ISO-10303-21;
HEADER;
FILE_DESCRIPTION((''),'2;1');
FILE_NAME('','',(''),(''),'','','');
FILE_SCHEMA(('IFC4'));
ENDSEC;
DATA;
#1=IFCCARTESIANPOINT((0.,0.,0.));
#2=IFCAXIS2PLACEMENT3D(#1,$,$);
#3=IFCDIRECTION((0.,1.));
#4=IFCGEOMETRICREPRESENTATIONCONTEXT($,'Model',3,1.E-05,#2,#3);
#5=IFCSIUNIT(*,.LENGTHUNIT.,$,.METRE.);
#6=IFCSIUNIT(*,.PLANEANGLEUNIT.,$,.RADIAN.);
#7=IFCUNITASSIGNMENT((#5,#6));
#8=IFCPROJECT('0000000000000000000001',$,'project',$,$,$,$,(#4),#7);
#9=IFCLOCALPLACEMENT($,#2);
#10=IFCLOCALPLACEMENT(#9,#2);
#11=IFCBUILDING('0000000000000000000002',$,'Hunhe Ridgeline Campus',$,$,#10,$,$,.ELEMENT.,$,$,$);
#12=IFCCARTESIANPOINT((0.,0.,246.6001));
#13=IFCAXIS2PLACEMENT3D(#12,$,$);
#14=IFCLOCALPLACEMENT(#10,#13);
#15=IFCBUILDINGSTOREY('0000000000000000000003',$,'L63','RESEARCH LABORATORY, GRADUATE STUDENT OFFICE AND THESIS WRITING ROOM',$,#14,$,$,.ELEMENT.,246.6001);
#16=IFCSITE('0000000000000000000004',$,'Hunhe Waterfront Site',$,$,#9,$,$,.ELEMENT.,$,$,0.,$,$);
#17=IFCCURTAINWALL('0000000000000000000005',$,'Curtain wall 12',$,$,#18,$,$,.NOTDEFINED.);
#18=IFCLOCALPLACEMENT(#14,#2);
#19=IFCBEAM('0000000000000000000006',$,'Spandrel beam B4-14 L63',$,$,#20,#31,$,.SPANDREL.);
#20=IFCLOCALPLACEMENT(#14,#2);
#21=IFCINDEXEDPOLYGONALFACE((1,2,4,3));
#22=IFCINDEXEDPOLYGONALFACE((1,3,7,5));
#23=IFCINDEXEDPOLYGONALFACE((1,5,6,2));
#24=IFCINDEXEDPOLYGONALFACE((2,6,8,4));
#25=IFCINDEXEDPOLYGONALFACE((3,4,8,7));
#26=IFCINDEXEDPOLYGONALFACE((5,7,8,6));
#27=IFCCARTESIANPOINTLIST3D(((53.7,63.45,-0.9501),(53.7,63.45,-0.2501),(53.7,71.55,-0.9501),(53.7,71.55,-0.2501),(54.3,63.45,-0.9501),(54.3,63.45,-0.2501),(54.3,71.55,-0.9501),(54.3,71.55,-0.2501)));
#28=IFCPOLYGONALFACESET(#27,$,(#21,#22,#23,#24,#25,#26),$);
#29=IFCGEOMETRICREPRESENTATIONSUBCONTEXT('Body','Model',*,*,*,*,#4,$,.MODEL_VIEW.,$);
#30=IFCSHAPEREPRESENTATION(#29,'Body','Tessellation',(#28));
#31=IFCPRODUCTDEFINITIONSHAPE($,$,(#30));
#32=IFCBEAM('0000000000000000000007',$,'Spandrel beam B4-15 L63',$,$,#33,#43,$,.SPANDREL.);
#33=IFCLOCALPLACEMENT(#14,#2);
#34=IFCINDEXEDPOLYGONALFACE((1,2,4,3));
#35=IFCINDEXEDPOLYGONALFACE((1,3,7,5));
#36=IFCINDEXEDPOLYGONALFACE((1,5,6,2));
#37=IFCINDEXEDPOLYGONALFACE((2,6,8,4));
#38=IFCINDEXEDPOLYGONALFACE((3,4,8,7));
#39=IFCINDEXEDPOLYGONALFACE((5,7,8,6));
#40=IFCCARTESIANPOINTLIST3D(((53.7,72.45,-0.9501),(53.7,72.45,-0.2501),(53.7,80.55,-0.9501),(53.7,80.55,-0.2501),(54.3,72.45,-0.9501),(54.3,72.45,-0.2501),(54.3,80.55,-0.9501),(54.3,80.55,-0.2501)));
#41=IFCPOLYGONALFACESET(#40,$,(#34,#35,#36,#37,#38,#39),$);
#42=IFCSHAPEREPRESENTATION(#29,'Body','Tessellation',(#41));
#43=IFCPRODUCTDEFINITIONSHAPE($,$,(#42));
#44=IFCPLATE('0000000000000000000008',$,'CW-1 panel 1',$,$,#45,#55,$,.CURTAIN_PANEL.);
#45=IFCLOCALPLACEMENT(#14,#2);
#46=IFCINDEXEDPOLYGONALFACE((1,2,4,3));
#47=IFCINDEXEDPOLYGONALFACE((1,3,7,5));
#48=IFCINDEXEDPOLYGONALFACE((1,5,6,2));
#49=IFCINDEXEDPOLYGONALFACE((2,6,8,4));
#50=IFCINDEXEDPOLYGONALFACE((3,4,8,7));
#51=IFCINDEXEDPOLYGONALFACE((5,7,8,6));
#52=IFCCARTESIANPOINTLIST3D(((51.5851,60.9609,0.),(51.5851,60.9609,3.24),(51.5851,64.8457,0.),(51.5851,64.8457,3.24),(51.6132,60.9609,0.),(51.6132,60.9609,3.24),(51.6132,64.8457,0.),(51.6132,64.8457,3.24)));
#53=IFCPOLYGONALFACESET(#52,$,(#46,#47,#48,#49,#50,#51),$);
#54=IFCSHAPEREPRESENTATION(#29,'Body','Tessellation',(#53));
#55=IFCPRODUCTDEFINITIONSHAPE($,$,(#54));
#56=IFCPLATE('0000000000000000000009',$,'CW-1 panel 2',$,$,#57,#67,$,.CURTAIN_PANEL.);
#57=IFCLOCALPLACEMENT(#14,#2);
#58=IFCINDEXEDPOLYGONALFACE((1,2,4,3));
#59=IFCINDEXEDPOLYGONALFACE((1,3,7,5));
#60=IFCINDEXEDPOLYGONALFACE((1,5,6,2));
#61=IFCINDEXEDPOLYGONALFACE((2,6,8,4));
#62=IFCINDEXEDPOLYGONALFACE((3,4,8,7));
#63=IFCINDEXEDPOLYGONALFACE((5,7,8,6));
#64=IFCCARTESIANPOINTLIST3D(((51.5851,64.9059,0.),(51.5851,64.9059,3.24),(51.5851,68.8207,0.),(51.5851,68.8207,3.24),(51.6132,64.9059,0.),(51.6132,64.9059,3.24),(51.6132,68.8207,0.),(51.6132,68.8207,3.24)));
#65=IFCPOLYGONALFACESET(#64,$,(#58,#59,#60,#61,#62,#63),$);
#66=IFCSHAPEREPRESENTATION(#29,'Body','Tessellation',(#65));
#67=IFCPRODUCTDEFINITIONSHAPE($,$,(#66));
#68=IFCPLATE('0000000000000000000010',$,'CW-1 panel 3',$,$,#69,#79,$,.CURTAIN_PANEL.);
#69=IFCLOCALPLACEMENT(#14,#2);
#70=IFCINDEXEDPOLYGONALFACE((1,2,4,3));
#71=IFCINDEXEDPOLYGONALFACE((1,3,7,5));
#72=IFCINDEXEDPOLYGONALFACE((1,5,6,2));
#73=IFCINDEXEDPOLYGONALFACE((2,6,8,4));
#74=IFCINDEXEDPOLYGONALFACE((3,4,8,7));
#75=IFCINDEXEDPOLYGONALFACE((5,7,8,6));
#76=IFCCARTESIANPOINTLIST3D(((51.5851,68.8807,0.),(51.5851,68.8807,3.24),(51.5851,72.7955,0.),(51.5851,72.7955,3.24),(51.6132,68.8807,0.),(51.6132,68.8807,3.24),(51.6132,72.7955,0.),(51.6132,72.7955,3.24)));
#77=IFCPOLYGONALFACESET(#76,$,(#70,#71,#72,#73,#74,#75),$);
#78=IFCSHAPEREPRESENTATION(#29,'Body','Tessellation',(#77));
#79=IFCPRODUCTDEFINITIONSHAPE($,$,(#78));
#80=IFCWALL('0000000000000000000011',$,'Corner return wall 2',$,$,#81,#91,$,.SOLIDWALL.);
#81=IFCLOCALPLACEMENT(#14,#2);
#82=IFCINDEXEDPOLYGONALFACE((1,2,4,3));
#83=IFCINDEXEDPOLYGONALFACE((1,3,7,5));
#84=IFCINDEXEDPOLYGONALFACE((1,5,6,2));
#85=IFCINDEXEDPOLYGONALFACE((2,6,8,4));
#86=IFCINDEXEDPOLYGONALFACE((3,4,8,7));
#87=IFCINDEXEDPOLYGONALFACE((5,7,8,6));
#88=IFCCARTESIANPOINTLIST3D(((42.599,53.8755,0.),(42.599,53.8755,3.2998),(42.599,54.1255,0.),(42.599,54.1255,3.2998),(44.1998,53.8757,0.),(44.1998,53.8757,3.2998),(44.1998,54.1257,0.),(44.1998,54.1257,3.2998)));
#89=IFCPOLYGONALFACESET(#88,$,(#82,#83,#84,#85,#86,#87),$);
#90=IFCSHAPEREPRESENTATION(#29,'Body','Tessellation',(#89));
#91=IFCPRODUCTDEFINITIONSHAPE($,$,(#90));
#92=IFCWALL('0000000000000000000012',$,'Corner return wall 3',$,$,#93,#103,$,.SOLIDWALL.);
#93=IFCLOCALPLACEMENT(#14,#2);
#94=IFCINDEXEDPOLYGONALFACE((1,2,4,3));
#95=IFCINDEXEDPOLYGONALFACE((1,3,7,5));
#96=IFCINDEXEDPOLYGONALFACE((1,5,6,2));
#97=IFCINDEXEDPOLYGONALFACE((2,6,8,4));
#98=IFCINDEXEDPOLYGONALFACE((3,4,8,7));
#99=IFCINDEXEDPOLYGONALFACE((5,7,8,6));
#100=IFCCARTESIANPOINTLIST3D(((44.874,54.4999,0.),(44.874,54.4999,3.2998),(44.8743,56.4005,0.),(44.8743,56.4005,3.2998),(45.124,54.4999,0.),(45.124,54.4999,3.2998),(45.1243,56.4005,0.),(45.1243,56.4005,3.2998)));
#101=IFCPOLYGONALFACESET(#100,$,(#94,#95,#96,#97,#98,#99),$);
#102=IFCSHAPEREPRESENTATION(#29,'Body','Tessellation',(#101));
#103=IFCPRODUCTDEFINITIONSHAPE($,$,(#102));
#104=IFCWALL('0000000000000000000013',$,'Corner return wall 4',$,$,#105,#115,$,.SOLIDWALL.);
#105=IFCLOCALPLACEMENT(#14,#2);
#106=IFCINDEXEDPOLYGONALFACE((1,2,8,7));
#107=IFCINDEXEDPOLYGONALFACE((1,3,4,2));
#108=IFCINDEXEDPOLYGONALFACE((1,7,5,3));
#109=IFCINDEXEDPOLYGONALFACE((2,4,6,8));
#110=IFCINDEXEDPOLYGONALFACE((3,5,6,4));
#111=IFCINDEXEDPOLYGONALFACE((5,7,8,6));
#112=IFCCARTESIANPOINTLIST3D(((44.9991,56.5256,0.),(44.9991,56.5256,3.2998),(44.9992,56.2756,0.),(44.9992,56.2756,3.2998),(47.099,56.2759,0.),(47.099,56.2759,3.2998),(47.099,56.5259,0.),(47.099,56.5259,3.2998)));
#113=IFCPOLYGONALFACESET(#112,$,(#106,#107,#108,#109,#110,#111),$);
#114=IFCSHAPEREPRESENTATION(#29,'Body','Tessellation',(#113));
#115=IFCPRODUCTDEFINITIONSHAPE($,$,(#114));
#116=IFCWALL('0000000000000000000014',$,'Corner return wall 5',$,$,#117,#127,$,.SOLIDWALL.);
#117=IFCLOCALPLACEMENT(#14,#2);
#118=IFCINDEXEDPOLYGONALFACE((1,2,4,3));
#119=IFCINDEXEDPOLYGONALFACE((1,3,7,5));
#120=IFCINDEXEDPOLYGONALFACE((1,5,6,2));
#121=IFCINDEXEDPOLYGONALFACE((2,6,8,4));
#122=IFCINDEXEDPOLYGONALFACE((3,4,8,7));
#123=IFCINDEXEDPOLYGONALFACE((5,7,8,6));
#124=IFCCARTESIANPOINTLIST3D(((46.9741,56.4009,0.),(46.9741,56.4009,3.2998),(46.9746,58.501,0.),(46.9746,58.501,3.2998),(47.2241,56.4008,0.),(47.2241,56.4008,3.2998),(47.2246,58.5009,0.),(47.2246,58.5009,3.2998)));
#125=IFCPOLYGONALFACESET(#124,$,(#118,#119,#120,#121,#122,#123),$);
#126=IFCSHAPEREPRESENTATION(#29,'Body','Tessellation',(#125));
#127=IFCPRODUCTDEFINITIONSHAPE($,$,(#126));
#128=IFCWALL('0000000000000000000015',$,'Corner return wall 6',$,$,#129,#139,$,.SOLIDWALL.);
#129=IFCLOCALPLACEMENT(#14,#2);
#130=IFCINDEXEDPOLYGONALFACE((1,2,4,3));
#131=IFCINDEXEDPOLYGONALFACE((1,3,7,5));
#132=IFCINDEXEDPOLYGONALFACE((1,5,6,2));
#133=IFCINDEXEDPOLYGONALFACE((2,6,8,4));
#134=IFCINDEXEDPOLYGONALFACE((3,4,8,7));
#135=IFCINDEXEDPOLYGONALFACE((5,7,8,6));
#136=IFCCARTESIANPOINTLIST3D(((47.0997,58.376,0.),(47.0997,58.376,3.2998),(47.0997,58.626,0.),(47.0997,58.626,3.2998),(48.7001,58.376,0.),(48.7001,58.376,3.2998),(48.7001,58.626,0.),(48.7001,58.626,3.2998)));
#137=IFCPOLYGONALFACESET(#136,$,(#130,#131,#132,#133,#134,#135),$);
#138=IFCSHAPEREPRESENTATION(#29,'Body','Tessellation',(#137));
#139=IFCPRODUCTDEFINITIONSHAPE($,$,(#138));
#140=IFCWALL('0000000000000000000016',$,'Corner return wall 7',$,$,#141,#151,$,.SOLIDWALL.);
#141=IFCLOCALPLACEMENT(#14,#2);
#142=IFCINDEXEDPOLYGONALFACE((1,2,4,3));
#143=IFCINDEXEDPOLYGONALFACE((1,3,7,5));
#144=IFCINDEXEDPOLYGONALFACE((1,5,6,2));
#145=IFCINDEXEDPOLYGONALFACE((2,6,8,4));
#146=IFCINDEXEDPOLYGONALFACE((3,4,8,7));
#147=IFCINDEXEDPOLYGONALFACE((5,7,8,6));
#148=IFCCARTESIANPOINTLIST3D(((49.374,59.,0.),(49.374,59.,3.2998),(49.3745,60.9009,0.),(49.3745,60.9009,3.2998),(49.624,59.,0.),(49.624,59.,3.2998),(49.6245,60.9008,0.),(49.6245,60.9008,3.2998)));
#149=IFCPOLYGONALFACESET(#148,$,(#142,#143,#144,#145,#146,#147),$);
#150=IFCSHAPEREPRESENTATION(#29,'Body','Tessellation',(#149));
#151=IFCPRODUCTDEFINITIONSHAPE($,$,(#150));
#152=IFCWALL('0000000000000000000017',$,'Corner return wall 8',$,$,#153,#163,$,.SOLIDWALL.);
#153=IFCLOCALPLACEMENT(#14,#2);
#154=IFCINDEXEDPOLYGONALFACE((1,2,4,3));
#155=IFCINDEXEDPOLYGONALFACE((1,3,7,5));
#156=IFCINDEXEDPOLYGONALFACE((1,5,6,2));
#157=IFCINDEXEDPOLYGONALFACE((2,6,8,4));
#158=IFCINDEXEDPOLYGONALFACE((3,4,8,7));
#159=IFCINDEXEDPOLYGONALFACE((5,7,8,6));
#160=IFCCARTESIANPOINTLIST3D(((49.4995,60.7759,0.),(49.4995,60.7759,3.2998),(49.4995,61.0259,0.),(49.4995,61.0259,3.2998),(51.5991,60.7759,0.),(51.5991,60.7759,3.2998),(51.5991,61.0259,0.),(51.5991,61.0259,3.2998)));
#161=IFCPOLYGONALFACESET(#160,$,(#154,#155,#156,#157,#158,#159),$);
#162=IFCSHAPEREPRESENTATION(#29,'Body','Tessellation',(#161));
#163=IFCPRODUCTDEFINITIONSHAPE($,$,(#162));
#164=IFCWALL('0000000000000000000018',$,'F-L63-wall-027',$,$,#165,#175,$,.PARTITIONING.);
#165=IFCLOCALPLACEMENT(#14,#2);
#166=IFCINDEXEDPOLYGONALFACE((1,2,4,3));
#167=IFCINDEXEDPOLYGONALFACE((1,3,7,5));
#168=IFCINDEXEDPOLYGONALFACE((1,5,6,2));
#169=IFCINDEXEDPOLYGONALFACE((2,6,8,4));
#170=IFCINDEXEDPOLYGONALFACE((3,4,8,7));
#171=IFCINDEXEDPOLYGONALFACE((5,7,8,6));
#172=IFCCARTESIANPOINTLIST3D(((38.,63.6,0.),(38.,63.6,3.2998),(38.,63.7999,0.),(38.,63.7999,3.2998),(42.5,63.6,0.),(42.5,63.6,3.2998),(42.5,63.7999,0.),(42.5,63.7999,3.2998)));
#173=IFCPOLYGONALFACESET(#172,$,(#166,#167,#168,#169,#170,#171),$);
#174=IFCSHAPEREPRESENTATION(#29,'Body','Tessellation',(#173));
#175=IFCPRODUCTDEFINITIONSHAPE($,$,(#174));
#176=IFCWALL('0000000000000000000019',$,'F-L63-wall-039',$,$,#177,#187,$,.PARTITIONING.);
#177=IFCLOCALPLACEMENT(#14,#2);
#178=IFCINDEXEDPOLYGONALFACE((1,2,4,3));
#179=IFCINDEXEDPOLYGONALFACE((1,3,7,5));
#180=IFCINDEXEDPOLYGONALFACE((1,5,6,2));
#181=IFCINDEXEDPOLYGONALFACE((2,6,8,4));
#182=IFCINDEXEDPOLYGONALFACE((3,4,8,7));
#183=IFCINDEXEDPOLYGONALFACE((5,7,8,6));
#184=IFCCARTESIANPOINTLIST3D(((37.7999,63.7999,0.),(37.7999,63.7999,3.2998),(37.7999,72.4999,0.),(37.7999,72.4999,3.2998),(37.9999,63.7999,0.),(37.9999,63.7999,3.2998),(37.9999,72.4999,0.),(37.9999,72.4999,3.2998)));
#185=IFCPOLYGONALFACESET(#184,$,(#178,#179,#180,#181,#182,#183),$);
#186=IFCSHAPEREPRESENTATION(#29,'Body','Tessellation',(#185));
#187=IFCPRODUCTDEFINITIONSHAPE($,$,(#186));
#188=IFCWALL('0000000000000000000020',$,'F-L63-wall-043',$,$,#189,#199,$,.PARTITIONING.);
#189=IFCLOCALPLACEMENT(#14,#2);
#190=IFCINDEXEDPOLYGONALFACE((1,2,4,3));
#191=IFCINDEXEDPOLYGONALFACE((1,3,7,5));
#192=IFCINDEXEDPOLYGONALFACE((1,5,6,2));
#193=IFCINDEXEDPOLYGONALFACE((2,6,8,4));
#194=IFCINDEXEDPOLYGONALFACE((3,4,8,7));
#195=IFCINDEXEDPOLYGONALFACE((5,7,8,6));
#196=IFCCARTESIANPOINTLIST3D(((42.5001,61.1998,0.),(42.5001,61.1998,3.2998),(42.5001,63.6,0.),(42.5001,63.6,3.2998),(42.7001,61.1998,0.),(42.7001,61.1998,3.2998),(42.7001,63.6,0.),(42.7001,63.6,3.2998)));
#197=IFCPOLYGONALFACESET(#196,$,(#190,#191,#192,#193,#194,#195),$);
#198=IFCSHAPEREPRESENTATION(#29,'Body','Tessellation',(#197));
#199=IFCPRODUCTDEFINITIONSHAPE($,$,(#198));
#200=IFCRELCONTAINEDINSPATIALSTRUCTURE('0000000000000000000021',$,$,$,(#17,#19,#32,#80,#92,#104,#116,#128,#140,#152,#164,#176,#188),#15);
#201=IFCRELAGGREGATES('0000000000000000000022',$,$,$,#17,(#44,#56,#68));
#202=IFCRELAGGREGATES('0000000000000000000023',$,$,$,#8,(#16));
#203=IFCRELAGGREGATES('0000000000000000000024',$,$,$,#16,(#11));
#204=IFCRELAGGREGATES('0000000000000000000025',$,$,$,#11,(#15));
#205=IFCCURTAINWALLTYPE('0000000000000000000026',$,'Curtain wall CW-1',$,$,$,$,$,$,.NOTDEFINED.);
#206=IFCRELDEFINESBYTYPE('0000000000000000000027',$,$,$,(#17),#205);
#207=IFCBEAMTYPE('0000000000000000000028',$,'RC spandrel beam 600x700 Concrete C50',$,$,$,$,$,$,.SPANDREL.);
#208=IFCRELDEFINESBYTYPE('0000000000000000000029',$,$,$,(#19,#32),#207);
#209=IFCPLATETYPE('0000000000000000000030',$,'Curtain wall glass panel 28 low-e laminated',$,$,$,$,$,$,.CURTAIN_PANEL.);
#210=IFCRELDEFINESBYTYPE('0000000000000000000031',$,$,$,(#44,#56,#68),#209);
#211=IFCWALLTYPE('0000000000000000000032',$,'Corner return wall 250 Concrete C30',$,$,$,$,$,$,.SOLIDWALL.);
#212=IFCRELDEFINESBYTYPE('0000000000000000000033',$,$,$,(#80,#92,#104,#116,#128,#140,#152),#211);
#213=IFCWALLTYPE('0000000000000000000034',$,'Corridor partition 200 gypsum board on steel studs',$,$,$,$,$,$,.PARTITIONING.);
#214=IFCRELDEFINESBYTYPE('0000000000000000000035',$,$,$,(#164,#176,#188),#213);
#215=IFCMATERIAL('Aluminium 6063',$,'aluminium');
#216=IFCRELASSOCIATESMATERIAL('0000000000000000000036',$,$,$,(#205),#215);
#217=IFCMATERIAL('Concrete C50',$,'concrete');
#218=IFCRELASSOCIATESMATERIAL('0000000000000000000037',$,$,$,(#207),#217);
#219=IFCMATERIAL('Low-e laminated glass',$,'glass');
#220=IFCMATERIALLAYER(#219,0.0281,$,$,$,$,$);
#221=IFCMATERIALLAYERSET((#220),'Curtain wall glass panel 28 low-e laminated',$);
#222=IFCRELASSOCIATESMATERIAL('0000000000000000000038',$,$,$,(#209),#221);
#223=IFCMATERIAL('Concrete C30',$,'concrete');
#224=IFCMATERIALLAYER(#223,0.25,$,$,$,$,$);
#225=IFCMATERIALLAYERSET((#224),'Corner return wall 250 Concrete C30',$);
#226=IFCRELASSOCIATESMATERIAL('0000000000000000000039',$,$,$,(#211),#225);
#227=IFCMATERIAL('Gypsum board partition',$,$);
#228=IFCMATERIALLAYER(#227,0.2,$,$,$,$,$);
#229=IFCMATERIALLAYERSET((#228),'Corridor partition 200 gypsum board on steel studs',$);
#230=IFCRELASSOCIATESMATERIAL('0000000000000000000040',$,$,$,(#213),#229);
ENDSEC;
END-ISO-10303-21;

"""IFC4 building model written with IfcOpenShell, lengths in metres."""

from ifc_helpers import new_model, si_unit, direction, frame, frame_2d, origin, origin_2d, place, context, subcontext, project, spatial, rectangle, extrude, material, layer, layer_set, material_profile, profile_set, type_object, element, aggregate, save


model = new_model("IFC4")

# Units and contexts
model_context = context("Model", 3, precision=1e-05, world=origin(), true_north=direction((0.0, 1.0)))
body_context = subcontext(model_context, "Body", "Model", "MODEL_VIEW")
ifc_project = project(units=[si_unit("LENGTHUNIT", "METRE"), si_unit("PLANEANGLEUNIT", "RADIAN")], contexts=[model_context])

# Site, building, storey
site_placement = place(None, origin())
site = spatial("IfcSite", under=ifc_project, at=site_placement, Name="Hunhe Waterfront Site", CompositionType="ELEMENT", RefElevation=0.0)
building_placement = place(site_placement, origin())
building = spatial("IfcBuilding", under=site, at=building_placement, Name="Hunhe Ridgeline Campus", CompositionType="ELEMENT")
storey_placement = place(building_placement, frame((0.0, 0.0, 246.6001)))
storey = spatial("IfcBuildingStorey", under=building, at=storey_placement, Name="L63", Description="RESEARCH LABORATORY, GRADUATE STUDENT OFFICE AND THESIS WRITING ROOM", CompositionType="ELEMENT", Elevation=246.6001)

# Curtain wall
ifc_material_1 = material(Name="Aluminium 6063", Category="aluminium")
curtain_wall_type = type_object("IfcCurtainWallType", Name="Curtain wall CW-1", PredefinedType="NOTDEFINED", material=ifc_material_1)
curtain_wall_placement = place(storey_placement, origin())
curtain_wall = element("IfcCurtainWall", 1, at=curtain_wall_placement, inside=storey, type_object=curtain_wall_type, Name="Curtain wall 12", PredefinedType="NOTDEFINED")

# Beams
ifc_material_2 = material(Name="Concrete C50", Category="concrete")
ifc_material_profile_1 = material_profile(ifc_material_2, rectangle(XDim=0.6001, YDim=0.7, at=origin_2d()))
ifc_profile_set_1 = profile_set([ifc_material_profile_1], Name="Concrete C50")
beam_type = type_object("IfcBeamType", Name="RC spandrel beam 600x700 Concrete C50", PredefinedType="SPANDREL", material=ifc_profile_set_1)
for number, where, z_axis, x_axis, name in (
    (2, (54.0, 63.45, -0.6001), (0.0, 1.0, 0.0), (-1.0, 0.0, 0.0), "Spandrel beam B4-14 L63"),
    (3, (54.0, 72.45, -0.6001), (0.0, 1.0, 0.0), (-1.0, 0.0, 0.0), "Spandrel beam B4-15 L63"),
):
    element("IfcBeam", number, at=place(storey_placement, frame(where, z_axis=z_axis, x_axis=x_axis)), inside=storey, type_object=beam_type, Name=name, PredefinedType="SPANDREL", context=body_context, shape_type="SweptSolid", body=[
        extrude(rectangle(XDim=0.6001, YDim=0.7, at=origin_2d()), origin(), (0.0, 0.0, 1.0), 8.1001),
    ])

# Plates
ifc_material_3 = material(Name="Low-e laminated glass", Category="glass")
ifc_layer_1 = layer(ifc_material_3, 0.0281)
ifc_layer_set_1 = layer_set([ifc_layer_1], Name="Curtain wall glass panel 28 low-e laminated")
plate_type = type_object("IfcPlateType", Name="Curtain wall glass panel 28 low-e laminated", PredefinedType="CURTAIN_PANEL", material=ifc_layer_set_1)
plate_1_placement = place(storey_placement, frame((51.5991, 62.9033, 0.0), z_axis=(0.0, 0.0, 1.0), x_axis=(0.0, 1.0, 0.0)))
plate_1 = element("IfcPlate", 4, at=plate_1_placement, type_object=plate_type, Name="CW-1 panel 1", PredefinedType="CURTAIN_PANEL", context=body_context, shape_type="SweptSolid", body=[
    extrude(rectangle(XDim=3.8848, YDim=0.0281, at=origin_2d()), origin(), (0.0, 0.0, 1.0), 3.24),
])
plate_2_placement = place(storey_placement, frame((51.5991, 66.8633, 0.0), z_axis=(0.0, 0.0, 1.0), x_axis=(0.0, 1.0, 0.0)))
plate_2 = element("IfcPlate", 5, at=plate_2_placement, type_object=plate_type, Name="CW-1 panel 2", PredefinedType="CURTAIN_PANEL", context=body_context, shape_type="SweptSolid", body=[
    extrude(rectangle(XDim=3.9148, YDim=0.0281, at=origin_2d()), origin(), (0.0, 0.0, 1.0), 3.24),
])
plate_3_placement = place(storey_placement, frame((51.5991, 70.8381, 0.0), z_axis=(0.0, 0.0, 1.0), x_axis=(0.0, 1.0, 0.0)))
plate_3 = element("IfcPlate", 6, at=plate_3_placement, type_object=plate_type, Name="CW-1 panel 3", PredefinedType="CURTAIN_PANEL", context=body_context, shape_type="SweptSolid", body=[
    extrude(rectangle(XDim=3.9148, YDim=0.0281, at=origin_2d()), origin(), (0.0, 0.0, 1.0), 3.24),
])
aggregate(curtain_wall, [plate_1, plate_2, plate_3])

# Walls
ifc_material_4 = material(Name="Concrete C30", Category="concrete")
ifc_layer_2 = layer(ifc_material_4, 0.25)
ifc_layer_set_2 = layer_set([ifc_layer_2], Name="Corner return wall 250 Concrete C30")
wall_type_1 = type_object("IfcWallType", Name="Corner return wall 250 Concrete C30", PredefinedType="SOLIDWALL", material=ifc_layer_set_2)
wall_1_placement = place(storey_placement, frame((42.5991, 54.0005, 0.0), z_axis=(0.0, 0.0, 1.0), x_axis=(1.0, 0.000153, 0.0)))
element("IfcWall", 7, at=wall_1_placement, inside=storey, type_object=wall_type_1, Name="Corner return wall 2", PredefinedType="SOLIDWALL", context=body_context, shape_type="SweptSolid", body=[
    extrude(rectangle(XDim=1.6008, YDim=0.25, at=frame_2d((0.8003, 0.0))), origin(), (0.0, 0.0, 1.0), 3.2998),
])
wall_2_placement = place(storey_placement, frame((44.999, 54.5, 0.0), z_axis=(0.0, 0.0, 1.0), x_axis=(0.000128, 1.0, 0.0)))
element("IfcWall", 8, at=wall_2_placement, inside=storey, type_object=wall_type_1, Name="Corner return wall 3", PredefinedType="SOLIDWALL", context=body_context, shape_type="SweptSolid", body=[
    extrude(rectangle(XDim=1.9006, YDim=0.25, at=frame_2d((0.9502, 0.0))), origin(), (0.0, 0.0, 1.0), 3.2998),
])
wall_3_placement = place(storey_placement, frame((44.9993, 56.4006, 0.0), z_axis=(0.0, 0.0, 1.0), x_axis=(1.0, 0.000116, 0.0)))
element("IfcWall", 9, at=wall_3_placement, inside=storey, type_object=wall_type_1, Name="Corner return wall 4", PredefinedType="SOLIDWALL", context=body_context, shape_type="SweptSolid", body=[
    extrude(rectangle(XDim=2.0999, YDim=0.25, at=frame_2d((1.0498, 0.0))), origin(), (0.0, 0.0, 1.0), 3.2998),
])
wall_4_placement = place(storey_placement, frame((47.0991, 56.4009, 0.0), z_axis=(0.0, 0.0, 1.0), x_axis=(0.000233, 1.0, 0.0)))
element("IfcWall", 10, at=wall_4_placement, inside=storey, type_object=wall_type_1, Name="Corner return wall 5", PredefinedType="SOLIDWALL", context=body_context, shape_type="SweptSolid", body=[
    extrude(rectangle(XDim=2.1001, YDim=0.25, at=frame_2d((1.05, 0.0))), origin(), (0.0, 0.0, 1.0), 3.2998),
])
wall_5_placement = place(storey_placement, frame((47.0996, 58.501, 0.0), z_axis=(0.0, 0.0, 1.0), x_axis=(1.0, 0.0, 0.0)))
element("IfcWall", 11, at=wall_5_placement, inside=storey, type_object=wall_type_1, Name="Corner return wall 6", PredefinedType="SOLIDWALL", context=body_context, shape_type="SweptSolid", body=[
    extrude(rectangle(XDim=1.6003, YDim=0.25, at=frame_2d((0.8003, 0.0))), origin(), (0.0, 0.0, 1.0), 3.2998),
])
wall_6_placement = place(storey_placement, frame((49.499, 59.0, 0.0), z_axis=(0.0, 0.0, 1.0), x_axis=(0.000257, 1.0, 0.0)))
element("IfcWall", 12, at=wall_6_placement, inside=storey, type_object=wall_type_1, Name="Corner return wall 7", PredefinedType="SOLIDWALL", context=body_context, shape_type="SweptSolid", body=[
    extrude(rectangle(XDim=1.9009, YDim=0.25, at=frame_2d((0.9504, 0.0))), origin(), (0.0, 0.0, 1.0), 3.2998),
])
wall_7_placement = place(storey_placement, frame((49.4995, 60.9009, 0.0), z_axis=(0.0, 0.0, 1.0), x_axis=(1.0, 0.0, 0.0)))
element("IfcWall", 13, at=wall_7_placement, inside=storey, type_object=wall_type_1, Name="Corner return wall 8", PredefinedType="SOLIDWALL", context=body_context, shape_type="SweptSolid", body=[
    extrude(rectangle(XDim=2.0996, YDim=0.25, at=frame_2d((1.0498, 0.0))), origin(), (0.0, 0.0, 1.0), 3.2998),
])

# Shared definitions
ifc_material_5 = material(Name="Gypsum board partition")
ifc_layer_3 = layer(ifc_material_5, 0.2)
ifc_layer_set_3 = layer_set([ifc_layer_3], Name="Corridor partition 200 gypsum board on steel studs")
wall_type_2 = type_object("IfcWallType", Name="Corridor partition 200 gypsum board on steel studs", PredefinedType="PARTITIONING", material=ifc_layer_set_3)

# Wall
wall_8_placement = place(storey_placement, frame((38.0, 63.7, 0.0), z_axis=(0.0, 0.0, 1.0), x_axis=(1.0, 0.0, 0.0)))
element("IfcWall", 14, at=wall_8_placement, inside=storey, type_object=wall_type_2, Name="F-L63-wall-027", PredefinedType="PARTITIONING", context=body_context, shape_type="SweptSolid", body=[
    extrude(rectangle(XDim=4.5, YDim=0.2, at=frame_2d((2.25, 0.0))), origin(), (0.0, 0.0, 1.0), 3.2998),
])

# Walls
wall_9_placement = place(storey_placement, frame((37.8999, 72.5, 0.0), z_axis=(0.0, 0.0, 1.0), x_axis=(0.0, -1.0, 0.0)))
element("IfcWall", 15, at=wall_9_placement, inside=storey, type_object=wall_type_2, Name="F-L63-wall-039", PredefinedType="PARTITIONING", context=body_context, shape_type="SweptSolid", body=[
    extrude(rectangle(XDim=8.7, YDim=0.2, at=frame_2d((4.3501, 0.0))), origin(), (0.0, 0.0, 1.0), 3.2998),
])
wall_10_placement = place(storey_placement, frame((42.6001, 63.6001, 0.0), z_axis=(0.0, 0.0, 1.0), x_axis=(0.0, -1.0, 0.0)))
element("IfcWall", 16, at=wall_10_placement, inside=storey, type_object=wall_type_2, Name="F-L63-wall-043", PredefinedType="PARTITIONING", context=body_context, shape_type="SweptSolid", body=[
    extrude(rectangle(XDim=2.4001, YDim=0.2, at=frame_2d((1.2002, 0.0))), origin(), (0.0, 0.0, 1.0), 3.2998),
])

save(model, "model.ifc")
